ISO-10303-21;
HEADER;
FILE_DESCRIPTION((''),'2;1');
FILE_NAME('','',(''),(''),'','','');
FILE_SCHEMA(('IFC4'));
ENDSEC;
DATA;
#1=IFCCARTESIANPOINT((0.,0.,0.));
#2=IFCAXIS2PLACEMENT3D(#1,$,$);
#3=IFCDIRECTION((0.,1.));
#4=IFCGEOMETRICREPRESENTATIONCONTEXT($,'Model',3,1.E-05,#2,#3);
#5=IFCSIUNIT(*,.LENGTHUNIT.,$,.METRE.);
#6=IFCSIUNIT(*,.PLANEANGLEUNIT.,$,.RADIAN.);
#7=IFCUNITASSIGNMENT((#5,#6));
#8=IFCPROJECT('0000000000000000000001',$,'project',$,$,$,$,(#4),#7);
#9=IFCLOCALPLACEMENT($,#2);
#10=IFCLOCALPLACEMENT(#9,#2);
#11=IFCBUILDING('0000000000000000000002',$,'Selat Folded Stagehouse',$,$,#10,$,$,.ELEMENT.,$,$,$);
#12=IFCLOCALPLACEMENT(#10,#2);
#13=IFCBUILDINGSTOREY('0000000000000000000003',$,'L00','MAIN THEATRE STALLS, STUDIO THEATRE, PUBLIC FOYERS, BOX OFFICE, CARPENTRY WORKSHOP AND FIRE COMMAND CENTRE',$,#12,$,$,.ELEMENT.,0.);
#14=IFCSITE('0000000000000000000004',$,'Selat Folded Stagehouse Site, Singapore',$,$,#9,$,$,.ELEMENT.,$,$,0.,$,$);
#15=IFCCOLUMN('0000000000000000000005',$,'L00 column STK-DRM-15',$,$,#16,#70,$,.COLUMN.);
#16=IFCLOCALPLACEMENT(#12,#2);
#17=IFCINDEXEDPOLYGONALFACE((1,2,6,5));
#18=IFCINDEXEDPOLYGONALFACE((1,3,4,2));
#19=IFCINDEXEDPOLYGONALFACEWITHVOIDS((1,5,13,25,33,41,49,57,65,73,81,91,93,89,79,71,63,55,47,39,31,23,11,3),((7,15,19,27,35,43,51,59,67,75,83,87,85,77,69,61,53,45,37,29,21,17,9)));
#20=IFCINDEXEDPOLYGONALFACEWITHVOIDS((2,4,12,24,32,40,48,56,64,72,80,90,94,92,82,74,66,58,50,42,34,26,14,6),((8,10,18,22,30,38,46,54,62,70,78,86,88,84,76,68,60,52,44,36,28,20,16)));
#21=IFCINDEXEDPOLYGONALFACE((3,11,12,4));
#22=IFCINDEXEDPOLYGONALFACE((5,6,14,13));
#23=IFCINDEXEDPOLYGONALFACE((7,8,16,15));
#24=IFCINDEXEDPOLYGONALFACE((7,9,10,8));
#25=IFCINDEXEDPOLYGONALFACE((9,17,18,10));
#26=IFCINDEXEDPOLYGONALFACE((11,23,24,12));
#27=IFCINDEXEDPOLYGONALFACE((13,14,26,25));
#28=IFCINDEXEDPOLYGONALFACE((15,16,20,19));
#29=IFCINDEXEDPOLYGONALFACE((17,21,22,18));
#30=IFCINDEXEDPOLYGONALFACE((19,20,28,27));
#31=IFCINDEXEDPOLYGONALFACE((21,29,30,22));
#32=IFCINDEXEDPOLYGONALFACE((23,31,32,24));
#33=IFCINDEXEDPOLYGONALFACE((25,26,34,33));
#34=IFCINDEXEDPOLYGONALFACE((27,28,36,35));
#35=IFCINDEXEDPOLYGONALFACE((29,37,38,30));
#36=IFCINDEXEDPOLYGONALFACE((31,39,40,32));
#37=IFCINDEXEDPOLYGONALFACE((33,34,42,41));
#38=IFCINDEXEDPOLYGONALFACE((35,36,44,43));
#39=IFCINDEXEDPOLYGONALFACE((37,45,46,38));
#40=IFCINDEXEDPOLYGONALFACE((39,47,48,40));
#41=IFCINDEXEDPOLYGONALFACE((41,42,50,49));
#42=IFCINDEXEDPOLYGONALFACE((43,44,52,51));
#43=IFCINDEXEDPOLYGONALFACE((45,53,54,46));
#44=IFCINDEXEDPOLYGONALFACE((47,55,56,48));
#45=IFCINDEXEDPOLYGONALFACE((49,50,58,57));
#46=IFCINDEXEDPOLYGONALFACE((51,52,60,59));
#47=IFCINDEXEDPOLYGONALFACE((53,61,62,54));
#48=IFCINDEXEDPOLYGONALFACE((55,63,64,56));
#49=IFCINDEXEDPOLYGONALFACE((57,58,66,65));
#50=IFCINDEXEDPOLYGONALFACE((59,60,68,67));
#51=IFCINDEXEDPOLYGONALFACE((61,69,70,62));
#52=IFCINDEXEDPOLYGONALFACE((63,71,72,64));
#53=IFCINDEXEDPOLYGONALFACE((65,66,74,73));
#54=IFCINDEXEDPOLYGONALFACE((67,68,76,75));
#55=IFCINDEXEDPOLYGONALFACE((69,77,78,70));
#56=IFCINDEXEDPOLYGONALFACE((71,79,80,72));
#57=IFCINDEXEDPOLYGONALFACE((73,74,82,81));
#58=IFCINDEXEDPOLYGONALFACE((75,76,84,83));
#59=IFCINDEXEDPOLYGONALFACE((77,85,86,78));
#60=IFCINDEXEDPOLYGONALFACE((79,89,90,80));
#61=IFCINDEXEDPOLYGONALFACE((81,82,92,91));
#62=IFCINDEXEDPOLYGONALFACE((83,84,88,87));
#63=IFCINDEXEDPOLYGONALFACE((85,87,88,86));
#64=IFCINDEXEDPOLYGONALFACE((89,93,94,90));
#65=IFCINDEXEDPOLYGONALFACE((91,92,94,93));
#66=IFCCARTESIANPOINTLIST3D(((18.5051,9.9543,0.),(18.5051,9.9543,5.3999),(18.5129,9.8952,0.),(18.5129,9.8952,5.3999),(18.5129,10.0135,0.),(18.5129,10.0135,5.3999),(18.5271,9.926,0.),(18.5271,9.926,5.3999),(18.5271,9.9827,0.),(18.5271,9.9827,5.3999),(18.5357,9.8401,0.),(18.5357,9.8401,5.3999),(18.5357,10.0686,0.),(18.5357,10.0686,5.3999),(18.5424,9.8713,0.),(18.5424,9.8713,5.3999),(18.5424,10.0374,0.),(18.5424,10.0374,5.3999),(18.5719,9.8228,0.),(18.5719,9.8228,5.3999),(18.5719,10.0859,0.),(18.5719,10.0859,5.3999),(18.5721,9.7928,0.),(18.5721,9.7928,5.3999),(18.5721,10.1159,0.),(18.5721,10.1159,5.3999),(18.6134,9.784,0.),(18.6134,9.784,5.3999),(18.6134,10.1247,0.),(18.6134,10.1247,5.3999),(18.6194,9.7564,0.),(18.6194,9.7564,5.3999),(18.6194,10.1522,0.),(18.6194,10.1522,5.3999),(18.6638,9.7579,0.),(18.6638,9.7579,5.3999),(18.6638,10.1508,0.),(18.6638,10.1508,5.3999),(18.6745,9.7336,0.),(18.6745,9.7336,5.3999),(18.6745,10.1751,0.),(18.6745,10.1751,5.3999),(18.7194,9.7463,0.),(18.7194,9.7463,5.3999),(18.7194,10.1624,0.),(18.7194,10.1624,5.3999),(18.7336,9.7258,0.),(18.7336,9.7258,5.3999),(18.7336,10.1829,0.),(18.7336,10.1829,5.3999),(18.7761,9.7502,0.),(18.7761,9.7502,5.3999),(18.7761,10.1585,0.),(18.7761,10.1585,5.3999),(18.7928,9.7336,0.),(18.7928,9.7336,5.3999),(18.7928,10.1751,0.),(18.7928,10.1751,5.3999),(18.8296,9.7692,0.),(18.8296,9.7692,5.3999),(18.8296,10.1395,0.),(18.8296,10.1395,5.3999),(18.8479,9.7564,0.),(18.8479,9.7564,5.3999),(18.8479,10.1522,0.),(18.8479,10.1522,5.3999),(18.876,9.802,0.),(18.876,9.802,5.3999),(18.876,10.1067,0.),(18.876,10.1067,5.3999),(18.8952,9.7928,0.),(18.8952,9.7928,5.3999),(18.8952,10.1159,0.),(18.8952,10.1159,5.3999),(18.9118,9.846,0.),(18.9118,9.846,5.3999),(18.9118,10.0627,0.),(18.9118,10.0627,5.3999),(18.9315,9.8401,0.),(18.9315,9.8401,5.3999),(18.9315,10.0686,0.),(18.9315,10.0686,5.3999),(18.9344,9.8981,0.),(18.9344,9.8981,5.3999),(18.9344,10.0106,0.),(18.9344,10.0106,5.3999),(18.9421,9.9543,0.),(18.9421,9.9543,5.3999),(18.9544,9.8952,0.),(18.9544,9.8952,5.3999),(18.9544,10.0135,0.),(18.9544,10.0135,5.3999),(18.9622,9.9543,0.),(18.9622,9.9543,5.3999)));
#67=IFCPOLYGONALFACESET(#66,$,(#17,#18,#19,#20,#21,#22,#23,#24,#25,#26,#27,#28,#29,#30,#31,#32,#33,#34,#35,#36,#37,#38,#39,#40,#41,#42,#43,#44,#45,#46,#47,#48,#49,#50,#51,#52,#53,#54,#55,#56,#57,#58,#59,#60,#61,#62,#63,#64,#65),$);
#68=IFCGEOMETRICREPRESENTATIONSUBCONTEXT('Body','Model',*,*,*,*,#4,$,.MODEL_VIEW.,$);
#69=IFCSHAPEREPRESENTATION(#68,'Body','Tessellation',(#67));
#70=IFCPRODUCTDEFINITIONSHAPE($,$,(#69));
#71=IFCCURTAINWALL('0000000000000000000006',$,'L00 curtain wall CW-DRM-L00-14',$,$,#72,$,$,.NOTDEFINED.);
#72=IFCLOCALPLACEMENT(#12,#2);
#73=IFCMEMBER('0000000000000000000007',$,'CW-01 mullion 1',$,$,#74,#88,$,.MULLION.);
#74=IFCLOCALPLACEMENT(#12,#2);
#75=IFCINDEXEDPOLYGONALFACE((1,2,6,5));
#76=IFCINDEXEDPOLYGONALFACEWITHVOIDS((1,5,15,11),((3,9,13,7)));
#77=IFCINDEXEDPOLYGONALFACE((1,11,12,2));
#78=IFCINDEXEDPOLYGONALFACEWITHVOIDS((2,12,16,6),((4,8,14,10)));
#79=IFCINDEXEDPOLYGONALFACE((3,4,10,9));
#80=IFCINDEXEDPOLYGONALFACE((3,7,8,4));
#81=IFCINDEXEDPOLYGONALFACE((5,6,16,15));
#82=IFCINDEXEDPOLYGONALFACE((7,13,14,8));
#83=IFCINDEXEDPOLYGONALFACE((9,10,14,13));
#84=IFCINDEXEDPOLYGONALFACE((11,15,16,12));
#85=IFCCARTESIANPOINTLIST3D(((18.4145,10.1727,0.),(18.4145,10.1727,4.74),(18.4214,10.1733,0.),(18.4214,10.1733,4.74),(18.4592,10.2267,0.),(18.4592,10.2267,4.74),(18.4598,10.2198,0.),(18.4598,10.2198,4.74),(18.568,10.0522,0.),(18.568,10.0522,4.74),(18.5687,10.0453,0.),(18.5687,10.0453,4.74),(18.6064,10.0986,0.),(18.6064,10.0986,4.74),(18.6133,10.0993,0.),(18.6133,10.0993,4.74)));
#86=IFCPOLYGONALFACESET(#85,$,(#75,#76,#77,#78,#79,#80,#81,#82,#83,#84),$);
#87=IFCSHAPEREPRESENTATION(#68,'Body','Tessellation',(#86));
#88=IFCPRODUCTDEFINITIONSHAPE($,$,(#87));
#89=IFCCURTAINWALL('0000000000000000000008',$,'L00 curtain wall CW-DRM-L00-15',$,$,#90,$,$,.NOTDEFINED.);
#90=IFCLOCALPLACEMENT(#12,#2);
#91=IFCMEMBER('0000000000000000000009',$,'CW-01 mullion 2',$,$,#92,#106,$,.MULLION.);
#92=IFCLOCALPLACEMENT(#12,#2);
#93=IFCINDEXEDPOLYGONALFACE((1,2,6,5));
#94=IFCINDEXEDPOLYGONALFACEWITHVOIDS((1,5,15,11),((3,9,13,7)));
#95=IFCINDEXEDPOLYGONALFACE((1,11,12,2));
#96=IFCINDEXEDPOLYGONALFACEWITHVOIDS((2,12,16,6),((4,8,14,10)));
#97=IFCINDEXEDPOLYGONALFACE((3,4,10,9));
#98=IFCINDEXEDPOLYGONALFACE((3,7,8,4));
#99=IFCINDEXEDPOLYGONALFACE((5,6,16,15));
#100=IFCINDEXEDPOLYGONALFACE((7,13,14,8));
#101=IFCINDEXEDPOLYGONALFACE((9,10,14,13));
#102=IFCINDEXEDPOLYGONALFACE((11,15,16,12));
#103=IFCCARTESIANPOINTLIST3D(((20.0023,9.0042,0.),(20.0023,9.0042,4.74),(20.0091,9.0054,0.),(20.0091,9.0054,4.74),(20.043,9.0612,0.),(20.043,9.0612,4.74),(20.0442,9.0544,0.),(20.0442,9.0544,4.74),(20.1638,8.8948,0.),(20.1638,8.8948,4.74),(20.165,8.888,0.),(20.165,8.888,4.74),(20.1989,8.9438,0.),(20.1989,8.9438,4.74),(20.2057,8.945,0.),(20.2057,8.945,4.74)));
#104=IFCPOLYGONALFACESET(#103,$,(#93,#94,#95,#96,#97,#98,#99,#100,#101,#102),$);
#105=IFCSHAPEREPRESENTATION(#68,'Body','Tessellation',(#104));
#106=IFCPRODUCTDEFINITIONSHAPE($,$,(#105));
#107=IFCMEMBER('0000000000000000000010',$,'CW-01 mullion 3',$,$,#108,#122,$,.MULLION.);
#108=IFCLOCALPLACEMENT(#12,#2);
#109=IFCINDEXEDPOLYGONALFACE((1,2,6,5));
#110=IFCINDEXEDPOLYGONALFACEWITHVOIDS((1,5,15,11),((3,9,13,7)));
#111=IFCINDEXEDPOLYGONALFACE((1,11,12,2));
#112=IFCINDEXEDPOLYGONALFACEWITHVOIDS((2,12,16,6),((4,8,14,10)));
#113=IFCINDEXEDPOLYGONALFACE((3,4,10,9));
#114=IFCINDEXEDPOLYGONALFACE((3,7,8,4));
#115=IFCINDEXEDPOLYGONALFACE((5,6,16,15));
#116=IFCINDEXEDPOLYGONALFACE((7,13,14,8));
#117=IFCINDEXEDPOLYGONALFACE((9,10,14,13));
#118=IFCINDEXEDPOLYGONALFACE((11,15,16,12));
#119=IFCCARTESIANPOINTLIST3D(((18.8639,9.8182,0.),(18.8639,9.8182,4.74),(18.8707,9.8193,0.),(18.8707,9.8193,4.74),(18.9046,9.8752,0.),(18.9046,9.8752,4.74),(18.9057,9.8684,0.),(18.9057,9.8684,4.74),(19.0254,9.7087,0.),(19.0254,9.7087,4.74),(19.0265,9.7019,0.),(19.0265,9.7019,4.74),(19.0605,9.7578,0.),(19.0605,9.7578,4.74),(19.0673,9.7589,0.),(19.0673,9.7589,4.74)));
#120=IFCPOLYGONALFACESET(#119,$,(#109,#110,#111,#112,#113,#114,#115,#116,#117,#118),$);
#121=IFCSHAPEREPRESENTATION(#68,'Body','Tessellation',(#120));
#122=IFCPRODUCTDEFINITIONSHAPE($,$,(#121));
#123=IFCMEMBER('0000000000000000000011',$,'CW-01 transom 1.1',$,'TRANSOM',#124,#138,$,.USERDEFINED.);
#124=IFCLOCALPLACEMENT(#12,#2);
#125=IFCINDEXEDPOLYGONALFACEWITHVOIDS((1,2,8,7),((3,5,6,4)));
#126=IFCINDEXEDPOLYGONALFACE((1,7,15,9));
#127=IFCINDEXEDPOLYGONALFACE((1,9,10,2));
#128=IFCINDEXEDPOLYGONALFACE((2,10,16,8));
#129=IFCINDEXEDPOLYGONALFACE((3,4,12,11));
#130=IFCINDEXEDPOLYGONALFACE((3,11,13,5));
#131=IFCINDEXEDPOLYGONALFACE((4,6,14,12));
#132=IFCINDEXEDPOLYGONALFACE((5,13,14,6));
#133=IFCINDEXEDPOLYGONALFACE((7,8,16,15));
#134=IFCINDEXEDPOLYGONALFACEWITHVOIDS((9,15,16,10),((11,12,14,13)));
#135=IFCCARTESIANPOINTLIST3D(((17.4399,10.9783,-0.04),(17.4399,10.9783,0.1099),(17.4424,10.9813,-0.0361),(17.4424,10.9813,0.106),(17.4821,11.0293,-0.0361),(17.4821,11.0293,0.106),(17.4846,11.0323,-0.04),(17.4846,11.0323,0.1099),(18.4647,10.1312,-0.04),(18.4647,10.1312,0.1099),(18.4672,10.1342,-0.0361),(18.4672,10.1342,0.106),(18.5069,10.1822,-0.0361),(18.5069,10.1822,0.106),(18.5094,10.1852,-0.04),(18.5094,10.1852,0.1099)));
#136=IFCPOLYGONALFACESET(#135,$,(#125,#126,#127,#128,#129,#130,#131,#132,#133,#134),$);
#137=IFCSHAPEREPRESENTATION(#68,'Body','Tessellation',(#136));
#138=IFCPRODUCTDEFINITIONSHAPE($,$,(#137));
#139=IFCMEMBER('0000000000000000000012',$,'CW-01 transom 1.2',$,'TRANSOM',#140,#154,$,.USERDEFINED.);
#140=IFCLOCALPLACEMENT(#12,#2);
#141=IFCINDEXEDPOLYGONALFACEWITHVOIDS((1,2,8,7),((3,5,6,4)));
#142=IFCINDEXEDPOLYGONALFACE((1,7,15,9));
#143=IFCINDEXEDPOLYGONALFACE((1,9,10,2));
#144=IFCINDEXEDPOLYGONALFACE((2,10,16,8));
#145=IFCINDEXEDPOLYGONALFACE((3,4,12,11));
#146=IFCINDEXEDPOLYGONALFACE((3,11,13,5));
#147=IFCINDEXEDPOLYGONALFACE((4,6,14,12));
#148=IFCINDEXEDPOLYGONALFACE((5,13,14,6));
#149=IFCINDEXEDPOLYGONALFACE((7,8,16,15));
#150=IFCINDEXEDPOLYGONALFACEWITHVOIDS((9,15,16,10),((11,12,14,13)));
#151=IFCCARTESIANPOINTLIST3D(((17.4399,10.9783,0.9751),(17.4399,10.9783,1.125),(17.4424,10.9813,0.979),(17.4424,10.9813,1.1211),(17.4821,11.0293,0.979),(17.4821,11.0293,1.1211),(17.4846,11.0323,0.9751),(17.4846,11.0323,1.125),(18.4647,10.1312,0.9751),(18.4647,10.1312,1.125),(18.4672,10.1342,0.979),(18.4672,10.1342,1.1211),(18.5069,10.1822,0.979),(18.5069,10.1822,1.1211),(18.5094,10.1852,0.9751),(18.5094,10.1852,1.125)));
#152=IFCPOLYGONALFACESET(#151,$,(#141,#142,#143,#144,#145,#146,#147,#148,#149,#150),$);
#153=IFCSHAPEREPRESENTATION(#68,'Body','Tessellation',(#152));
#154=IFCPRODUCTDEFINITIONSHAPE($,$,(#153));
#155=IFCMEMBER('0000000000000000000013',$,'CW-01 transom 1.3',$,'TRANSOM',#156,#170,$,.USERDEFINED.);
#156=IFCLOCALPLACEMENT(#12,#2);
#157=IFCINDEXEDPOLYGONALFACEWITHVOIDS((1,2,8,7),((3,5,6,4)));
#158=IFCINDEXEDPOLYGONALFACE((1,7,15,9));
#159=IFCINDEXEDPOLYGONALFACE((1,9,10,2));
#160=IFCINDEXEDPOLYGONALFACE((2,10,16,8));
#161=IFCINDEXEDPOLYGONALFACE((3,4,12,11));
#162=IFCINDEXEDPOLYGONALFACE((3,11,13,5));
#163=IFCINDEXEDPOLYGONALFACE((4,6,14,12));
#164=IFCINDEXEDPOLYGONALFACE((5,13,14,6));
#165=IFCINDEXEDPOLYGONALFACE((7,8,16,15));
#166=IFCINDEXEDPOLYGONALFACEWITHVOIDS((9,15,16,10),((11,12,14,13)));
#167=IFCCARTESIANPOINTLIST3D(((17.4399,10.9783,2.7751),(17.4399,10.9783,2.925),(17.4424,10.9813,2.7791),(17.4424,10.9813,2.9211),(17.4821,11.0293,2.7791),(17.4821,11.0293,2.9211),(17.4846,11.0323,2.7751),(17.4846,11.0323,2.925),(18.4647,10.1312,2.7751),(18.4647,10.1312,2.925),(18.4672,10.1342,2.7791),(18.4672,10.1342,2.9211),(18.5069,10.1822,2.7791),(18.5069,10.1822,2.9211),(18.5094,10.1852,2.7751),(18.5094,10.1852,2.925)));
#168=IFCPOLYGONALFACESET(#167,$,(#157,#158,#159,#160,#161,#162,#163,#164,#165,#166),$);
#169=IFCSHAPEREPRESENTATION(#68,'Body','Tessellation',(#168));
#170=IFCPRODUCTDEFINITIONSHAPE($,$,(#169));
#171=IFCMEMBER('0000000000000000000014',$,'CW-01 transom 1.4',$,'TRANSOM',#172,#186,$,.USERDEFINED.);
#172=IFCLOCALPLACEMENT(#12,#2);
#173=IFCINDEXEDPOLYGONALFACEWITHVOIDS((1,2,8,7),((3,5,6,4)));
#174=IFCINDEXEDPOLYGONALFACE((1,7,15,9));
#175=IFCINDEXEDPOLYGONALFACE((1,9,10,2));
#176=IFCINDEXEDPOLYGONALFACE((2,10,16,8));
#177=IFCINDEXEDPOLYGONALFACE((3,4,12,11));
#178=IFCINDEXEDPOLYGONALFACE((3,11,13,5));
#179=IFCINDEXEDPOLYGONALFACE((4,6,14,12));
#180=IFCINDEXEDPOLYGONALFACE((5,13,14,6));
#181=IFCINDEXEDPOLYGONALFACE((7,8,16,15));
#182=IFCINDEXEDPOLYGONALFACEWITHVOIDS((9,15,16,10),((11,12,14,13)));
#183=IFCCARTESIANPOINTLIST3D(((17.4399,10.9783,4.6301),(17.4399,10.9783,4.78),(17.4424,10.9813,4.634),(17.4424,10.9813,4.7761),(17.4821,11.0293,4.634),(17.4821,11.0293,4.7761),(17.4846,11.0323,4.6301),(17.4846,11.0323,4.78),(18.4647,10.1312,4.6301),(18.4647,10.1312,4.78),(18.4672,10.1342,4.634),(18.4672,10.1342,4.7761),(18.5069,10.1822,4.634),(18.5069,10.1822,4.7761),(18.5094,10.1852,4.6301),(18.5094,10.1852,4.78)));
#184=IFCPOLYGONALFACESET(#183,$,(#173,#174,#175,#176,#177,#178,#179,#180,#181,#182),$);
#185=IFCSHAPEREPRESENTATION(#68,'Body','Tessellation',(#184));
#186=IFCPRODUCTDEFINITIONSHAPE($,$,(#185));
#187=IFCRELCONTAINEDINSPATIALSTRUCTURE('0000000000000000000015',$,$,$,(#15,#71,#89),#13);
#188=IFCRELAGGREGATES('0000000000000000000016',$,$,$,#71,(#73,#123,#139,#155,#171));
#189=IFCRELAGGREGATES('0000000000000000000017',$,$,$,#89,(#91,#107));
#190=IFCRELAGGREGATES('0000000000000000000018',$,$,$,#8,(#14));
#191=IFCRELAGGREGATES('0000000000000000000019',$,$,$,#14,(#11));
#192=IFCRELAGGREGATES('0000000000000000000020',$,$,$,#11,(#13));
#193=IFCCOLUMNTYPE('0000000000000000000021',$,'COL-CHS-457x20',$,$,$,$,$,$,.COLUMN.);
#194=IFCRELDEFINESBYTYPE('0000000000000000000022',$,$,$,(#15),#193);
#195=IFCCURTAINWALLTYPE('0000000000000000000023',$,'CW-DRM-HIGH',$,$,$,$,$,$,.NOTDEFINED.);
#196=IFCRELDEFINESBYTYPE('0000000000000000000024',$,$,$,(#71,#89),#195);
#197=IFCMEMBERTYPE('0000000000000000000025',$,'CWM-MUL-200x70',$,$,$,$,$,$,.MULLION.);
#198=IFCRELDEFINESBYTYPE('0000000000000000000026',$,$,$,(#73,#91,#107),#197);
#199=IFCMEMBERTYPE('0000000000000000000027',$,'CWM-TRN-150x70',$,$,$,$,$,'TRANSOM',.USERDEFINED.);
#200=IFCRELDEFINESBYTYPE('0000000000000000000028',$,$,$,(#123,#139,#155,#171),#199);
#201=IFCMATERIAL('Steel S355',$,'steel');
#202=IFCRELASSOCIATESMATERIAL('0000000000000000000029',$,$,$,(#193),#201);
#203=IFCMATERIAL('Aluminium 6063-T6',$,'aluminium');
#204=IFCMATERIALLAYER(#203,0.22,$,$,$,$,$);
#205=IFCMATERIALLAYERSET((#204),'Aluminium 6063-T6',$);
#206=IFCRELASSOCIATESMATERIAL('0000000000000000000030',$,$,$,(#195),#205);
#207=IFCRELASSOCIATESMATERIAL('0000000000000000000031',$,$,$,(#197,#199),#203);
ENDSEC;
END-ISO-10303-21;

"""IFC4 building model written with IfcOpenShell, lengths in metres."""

from ifc_helpers import new_model, si_unit, direction, frame, origin, origin_2d, place, context, subcontext, project, spatial, hollow_rectangle, hollow_circle, extrude, material, layer, layer_set, material_profile, profile_set, type_object, element, aggregate, save


model = new_model("IFC4")

# Units and contexts
model_context = context("Model", 3, precision=1e-05, world=origin(), true_north=direction((0.0, 1.0)))
body_context = subcontext(model_context, "Body", "Model", "MODEL_VIEW")
ifc_project = project(units=[si_unit("LENGTHUNIT", "METRE"), si_unit("PLANEANGLEUNIT", "RADIAN")], contexts=[model_context])

# Site, building, storey
site_placement = place(None, origin())
site = spatial("IfcSite", under=ifc_project, at=site_placement, Name="Selat Folded Stagehouse Site, Singapore", CompositionType="ELEMENT", RefElevation=0.0)
building_placement = place(site_placement, origin())
building = spatial("IfcBuilding", under=site, at=building_placement, Name="Selat Folded Stagehouse", CompositionType="ELEMENT")
storey_placement = place(building_placement, origin())
storey = spatial("IfcBuildingStorey", under=building, at=storey_placement, Name="L00", Description="MAIN THEATRE STALLS, STUDIO THEATRE, PUBLIC FOYERS, BOX OFFICE, CARPENTRY WORKSHOP AND FIRE COMMAND CENTRE", CompositionType="ELEMENT", Elevation=0.0)

# Column
ifc_material_1 = material(Name="Steel S355", Category="steel")
ifc_material_profile_1 = material_profile(ifc_material_1, hollow_circle(Radius=0.2285, WallThickness=0.02, at=origin_2d()), Name="CHS 457.0x20.0")
ifc_profile_set_1 = profile_set([ifc_material_profile_1], Name="Steel S355")
column_type = type_object("IfcColumnType", Name="COL-CHS-457x20", PredefinedType="COLUMN", material=ifc_profile_set_1)
column_placement = place(storey_placement, frame((18.7336, 9.9543, 0.0), z_axis=(0.0, 0.0, 1.0), x_axis=(1.0, 0.0, 0.0)))
element("IfcColumn", 1, at=column_placement, inside=storey, type_object=column_type, Name="L00 column STK-DRM-15", PredefinedType="COLUMN", context=body_context, shape_type="SweptSolid", body=[
    extrude(hollow_circle(Radius=0.2285, WallThickness=0.02, at=origin_2d()), origin(), (0.0, 0.0, 1.0), 5.3999),
])

# Curtain wall, member
ifc_material_2 = material(Name="Aluminium 6063-T6", Category="aluminium")
ifc_layer_1 = layer(ifc_material_2, 0.22)
ifc_layer_set_1 = layer_set([ifc_layer_1], Name="Aluminium 6063-T6")
curtain_wall_type = type_object("IfcCurtainWallType", Name="CW-DRM-HIGH", PredefinedType="NOTDEFINED", material=ifc_layer_set_1)
curtain_wall_1_placement = place(storey_placement, origin())
curtain_wall_1 = element("IfcCurtainWall", 2, at=curtain_wall_1_placement, inside=storey, type_object=curtain_wall_type, Name="L00 curtain wall CW-DRM-L00-14", PredefinedType="NOTDEFINED")
ifc_material_profile_2 = material_profile(ifc_material_2, hollow_rectangle(XDim=0.0701, YDim=0.2, WallThickness=0.0049, at=origin_2d()), Name="ALU 200x70x5.0")
ifc_profile_set_2 = profile_set([ifc_material_profile_2], Name="Aluminium 6063-T6")
member_type_1 = type_object("IfcMemberType", Name="CWM-MUL-200x70", PredefinedType="MULLION", material=ifc_profile_set_2)
member_1_placement = place(storey_placement, frame((18.5139, 10.136, 0.0), z_axis=(0.0, 0.0, 1.0), x_axis=(-0.637142, -0.770747, 0.0)))
member_1 = element("IfcMember", 3, at=member_1_placement, type_object=member_type_1, Name="CW-01 mullion 1", PredefinedType="MULLION", context=body_context, shape_type="SweptSolid", body=[
    extrude(hollow_rectangle(XDim=0.0701, YDim=0.2, WallThickness=0.0049, at=origin_2d()), origin(), (0.0, 0.0, 1.0), 4.74),
])

# Curtain wall, members
curtain_wall_2_placement = place(storey_placement, origin())
curtain_wall_2 = element("IfcCurtainWall", 4, at=curtain_wall_2_placement, inside=storey, type_object=curtain_wall_type, Name="L00 curtain wall CW-DRM-L00-15", PredefinedType="NOTDEFINED")
member_2_placement = place(storey_placement, frame((20.104, 8.9746, 0.0), z_axis=(0.0, 0.0, 1.0), x_axis=(-0.581528, -0.813526, 0.0)))
member_2 = element("IfcMember", 5, at=member_2_placement, type_object=member_type_1, Name="CW-01 mullion 2", PredefinedType="MULLION", context=body_context, shape_type="SweptSolid", body=[
    extrude(hollow_rectangle(XDim=0.0701, YDim=0.2, WallThickness=0.0049, at=origin_2d()), origin(), (0.0, 0.0, 1.0), 4.74),
])
member_3_placement = place(storey_placement, frame((18.9656, 9.7886, 0.0), z_axis=(0.0, 0.0, 1.0), x_axis=(-0.581528, -0.813526, 0.0)))
member_3 = element("IfcMember", 6, at=member_3_placement, type_object=member_type_1, Name="CW-01 mullion 3", PredefinedType="MULLION", context=body_context, shape_type="SweptSolid", body=[
    extrude(hollow_rectangle(XDim=0.0701, YDim=0.2, WallThickness=0.0049, at=origin_2d()), origin(), (0.0, 0.0, 1.0), 4.74),
])

# Members
ifc_material_profile_3 = material_profile(ifc_material_2, hollow_rectangle(XDim=0.0701, YDim=0.1499, WallThickness=0.0039, at=origin_2d()), Name="ALU 150x70x4.0")
ifc_profile_set_3 = profile_set([ifc_material_profile_3], Name="Aluminium 6063-T6")
member_type_2 = type_object("IfcMemberType", Name="CWM-TRN-150x70", ElementType="TRANSOM", PredefinedType="USERDEFINED", material=ifc_profile_set_3)
member_4_placement = place(storey_placement, frame((18.4871, 10.1582, 0.0349), z_axis=(-0.770774, 0.637109, 0.0), x_axis=(-0.637109, -0.770774, 0.0)))
member_4 = element("IfcMember", 7, at=member_4_placement, type_object=member_type_2, Name="CW-01 transom 1.1", ObjectType="TRANSOM", PredefinedType="USERDEFINED", context=body_context, shape_type="SweptSolid", body=[
    extrude(hollow_rectangle(XDim=0.0701, YDim=0.1499, WallThickness=0.0039, at=origin_2d()), origin(), (0.0, 0.0, 1.0), 1.3296),
])
member_5_placement = place(storey_placement, frame((18.4871, 10.1582, 1.05), z_axis=(-0.770774, 0.637109, 0.0), x_axis=(-0.637109, -0.770774, 0.0)))
member_5 = element("IfcMember", 8, at=member_5_placement, type_object=member_type_2, Name="CW-01 transom 1.2", ObjectType="TRANSOM", PredefinedType="USERDEFINED", context=body_context, shape_type="SweptSolid", body=[
    extrude(hollow_rectangle(XDim=0.0701, YDim=0.1499, WallThickness=0.0039, at=origin_2d()), origin(), (0.0, 0.0, 1.0), 1.3296),
])
member_6_placement = place(storey_placement, frame((18.4871, 10.1582, 2.8501), z_axis=(-0.770774, 0.637109, 0.0), x_axis=(-0.637109, -0.770774, 0.0)))
member_6 = element("IfcMember", 9, at=member_6_placement, type_object=member_type_2, Name="CW-01 transom 1.3", ObjectType="TRANSOM", PredefinedType="USERDEFINED", context=body_context, shape_type="SweptSolid", body=[
    extrude(hollow_rectangle(XDim=0.0701, YDim=0.1499, WallThickness=0.0039, at=origin_2d()), origin(), (0.0, 0.0, 1.0), 1.3296),
])
member_7_placement = place(storey_placement, frame((18.4871, 10.1582, 4.7051), z_axis=(-0.770774, 0.637109, 0.0), x_axis=(-0.637109, -0.770774, 0.0)))
member_7 = element("IfcMember", 10, at=member_7_placement, type_object=member_type_2, Name="CW-01 transom 1.4", ObjectType="TRANSOM", PredefinedType="USERDEFINED", context=body_context, shape_type="SweptSolid", body=[
    extrude(hollow_rectangle(XDim=0.0701, YDim=0.1499, WallThickness=0.0039, at=origin_2d()), origin(), (0.0, 0.0, 1.0), 1.3296),
])

aggregate(curtain_wall_1, [member_1, member_4, member_5, member_6, member_7])
aggregate(curtain_wall_2, [member_2, member_3])

save(model, "model.ifc")
